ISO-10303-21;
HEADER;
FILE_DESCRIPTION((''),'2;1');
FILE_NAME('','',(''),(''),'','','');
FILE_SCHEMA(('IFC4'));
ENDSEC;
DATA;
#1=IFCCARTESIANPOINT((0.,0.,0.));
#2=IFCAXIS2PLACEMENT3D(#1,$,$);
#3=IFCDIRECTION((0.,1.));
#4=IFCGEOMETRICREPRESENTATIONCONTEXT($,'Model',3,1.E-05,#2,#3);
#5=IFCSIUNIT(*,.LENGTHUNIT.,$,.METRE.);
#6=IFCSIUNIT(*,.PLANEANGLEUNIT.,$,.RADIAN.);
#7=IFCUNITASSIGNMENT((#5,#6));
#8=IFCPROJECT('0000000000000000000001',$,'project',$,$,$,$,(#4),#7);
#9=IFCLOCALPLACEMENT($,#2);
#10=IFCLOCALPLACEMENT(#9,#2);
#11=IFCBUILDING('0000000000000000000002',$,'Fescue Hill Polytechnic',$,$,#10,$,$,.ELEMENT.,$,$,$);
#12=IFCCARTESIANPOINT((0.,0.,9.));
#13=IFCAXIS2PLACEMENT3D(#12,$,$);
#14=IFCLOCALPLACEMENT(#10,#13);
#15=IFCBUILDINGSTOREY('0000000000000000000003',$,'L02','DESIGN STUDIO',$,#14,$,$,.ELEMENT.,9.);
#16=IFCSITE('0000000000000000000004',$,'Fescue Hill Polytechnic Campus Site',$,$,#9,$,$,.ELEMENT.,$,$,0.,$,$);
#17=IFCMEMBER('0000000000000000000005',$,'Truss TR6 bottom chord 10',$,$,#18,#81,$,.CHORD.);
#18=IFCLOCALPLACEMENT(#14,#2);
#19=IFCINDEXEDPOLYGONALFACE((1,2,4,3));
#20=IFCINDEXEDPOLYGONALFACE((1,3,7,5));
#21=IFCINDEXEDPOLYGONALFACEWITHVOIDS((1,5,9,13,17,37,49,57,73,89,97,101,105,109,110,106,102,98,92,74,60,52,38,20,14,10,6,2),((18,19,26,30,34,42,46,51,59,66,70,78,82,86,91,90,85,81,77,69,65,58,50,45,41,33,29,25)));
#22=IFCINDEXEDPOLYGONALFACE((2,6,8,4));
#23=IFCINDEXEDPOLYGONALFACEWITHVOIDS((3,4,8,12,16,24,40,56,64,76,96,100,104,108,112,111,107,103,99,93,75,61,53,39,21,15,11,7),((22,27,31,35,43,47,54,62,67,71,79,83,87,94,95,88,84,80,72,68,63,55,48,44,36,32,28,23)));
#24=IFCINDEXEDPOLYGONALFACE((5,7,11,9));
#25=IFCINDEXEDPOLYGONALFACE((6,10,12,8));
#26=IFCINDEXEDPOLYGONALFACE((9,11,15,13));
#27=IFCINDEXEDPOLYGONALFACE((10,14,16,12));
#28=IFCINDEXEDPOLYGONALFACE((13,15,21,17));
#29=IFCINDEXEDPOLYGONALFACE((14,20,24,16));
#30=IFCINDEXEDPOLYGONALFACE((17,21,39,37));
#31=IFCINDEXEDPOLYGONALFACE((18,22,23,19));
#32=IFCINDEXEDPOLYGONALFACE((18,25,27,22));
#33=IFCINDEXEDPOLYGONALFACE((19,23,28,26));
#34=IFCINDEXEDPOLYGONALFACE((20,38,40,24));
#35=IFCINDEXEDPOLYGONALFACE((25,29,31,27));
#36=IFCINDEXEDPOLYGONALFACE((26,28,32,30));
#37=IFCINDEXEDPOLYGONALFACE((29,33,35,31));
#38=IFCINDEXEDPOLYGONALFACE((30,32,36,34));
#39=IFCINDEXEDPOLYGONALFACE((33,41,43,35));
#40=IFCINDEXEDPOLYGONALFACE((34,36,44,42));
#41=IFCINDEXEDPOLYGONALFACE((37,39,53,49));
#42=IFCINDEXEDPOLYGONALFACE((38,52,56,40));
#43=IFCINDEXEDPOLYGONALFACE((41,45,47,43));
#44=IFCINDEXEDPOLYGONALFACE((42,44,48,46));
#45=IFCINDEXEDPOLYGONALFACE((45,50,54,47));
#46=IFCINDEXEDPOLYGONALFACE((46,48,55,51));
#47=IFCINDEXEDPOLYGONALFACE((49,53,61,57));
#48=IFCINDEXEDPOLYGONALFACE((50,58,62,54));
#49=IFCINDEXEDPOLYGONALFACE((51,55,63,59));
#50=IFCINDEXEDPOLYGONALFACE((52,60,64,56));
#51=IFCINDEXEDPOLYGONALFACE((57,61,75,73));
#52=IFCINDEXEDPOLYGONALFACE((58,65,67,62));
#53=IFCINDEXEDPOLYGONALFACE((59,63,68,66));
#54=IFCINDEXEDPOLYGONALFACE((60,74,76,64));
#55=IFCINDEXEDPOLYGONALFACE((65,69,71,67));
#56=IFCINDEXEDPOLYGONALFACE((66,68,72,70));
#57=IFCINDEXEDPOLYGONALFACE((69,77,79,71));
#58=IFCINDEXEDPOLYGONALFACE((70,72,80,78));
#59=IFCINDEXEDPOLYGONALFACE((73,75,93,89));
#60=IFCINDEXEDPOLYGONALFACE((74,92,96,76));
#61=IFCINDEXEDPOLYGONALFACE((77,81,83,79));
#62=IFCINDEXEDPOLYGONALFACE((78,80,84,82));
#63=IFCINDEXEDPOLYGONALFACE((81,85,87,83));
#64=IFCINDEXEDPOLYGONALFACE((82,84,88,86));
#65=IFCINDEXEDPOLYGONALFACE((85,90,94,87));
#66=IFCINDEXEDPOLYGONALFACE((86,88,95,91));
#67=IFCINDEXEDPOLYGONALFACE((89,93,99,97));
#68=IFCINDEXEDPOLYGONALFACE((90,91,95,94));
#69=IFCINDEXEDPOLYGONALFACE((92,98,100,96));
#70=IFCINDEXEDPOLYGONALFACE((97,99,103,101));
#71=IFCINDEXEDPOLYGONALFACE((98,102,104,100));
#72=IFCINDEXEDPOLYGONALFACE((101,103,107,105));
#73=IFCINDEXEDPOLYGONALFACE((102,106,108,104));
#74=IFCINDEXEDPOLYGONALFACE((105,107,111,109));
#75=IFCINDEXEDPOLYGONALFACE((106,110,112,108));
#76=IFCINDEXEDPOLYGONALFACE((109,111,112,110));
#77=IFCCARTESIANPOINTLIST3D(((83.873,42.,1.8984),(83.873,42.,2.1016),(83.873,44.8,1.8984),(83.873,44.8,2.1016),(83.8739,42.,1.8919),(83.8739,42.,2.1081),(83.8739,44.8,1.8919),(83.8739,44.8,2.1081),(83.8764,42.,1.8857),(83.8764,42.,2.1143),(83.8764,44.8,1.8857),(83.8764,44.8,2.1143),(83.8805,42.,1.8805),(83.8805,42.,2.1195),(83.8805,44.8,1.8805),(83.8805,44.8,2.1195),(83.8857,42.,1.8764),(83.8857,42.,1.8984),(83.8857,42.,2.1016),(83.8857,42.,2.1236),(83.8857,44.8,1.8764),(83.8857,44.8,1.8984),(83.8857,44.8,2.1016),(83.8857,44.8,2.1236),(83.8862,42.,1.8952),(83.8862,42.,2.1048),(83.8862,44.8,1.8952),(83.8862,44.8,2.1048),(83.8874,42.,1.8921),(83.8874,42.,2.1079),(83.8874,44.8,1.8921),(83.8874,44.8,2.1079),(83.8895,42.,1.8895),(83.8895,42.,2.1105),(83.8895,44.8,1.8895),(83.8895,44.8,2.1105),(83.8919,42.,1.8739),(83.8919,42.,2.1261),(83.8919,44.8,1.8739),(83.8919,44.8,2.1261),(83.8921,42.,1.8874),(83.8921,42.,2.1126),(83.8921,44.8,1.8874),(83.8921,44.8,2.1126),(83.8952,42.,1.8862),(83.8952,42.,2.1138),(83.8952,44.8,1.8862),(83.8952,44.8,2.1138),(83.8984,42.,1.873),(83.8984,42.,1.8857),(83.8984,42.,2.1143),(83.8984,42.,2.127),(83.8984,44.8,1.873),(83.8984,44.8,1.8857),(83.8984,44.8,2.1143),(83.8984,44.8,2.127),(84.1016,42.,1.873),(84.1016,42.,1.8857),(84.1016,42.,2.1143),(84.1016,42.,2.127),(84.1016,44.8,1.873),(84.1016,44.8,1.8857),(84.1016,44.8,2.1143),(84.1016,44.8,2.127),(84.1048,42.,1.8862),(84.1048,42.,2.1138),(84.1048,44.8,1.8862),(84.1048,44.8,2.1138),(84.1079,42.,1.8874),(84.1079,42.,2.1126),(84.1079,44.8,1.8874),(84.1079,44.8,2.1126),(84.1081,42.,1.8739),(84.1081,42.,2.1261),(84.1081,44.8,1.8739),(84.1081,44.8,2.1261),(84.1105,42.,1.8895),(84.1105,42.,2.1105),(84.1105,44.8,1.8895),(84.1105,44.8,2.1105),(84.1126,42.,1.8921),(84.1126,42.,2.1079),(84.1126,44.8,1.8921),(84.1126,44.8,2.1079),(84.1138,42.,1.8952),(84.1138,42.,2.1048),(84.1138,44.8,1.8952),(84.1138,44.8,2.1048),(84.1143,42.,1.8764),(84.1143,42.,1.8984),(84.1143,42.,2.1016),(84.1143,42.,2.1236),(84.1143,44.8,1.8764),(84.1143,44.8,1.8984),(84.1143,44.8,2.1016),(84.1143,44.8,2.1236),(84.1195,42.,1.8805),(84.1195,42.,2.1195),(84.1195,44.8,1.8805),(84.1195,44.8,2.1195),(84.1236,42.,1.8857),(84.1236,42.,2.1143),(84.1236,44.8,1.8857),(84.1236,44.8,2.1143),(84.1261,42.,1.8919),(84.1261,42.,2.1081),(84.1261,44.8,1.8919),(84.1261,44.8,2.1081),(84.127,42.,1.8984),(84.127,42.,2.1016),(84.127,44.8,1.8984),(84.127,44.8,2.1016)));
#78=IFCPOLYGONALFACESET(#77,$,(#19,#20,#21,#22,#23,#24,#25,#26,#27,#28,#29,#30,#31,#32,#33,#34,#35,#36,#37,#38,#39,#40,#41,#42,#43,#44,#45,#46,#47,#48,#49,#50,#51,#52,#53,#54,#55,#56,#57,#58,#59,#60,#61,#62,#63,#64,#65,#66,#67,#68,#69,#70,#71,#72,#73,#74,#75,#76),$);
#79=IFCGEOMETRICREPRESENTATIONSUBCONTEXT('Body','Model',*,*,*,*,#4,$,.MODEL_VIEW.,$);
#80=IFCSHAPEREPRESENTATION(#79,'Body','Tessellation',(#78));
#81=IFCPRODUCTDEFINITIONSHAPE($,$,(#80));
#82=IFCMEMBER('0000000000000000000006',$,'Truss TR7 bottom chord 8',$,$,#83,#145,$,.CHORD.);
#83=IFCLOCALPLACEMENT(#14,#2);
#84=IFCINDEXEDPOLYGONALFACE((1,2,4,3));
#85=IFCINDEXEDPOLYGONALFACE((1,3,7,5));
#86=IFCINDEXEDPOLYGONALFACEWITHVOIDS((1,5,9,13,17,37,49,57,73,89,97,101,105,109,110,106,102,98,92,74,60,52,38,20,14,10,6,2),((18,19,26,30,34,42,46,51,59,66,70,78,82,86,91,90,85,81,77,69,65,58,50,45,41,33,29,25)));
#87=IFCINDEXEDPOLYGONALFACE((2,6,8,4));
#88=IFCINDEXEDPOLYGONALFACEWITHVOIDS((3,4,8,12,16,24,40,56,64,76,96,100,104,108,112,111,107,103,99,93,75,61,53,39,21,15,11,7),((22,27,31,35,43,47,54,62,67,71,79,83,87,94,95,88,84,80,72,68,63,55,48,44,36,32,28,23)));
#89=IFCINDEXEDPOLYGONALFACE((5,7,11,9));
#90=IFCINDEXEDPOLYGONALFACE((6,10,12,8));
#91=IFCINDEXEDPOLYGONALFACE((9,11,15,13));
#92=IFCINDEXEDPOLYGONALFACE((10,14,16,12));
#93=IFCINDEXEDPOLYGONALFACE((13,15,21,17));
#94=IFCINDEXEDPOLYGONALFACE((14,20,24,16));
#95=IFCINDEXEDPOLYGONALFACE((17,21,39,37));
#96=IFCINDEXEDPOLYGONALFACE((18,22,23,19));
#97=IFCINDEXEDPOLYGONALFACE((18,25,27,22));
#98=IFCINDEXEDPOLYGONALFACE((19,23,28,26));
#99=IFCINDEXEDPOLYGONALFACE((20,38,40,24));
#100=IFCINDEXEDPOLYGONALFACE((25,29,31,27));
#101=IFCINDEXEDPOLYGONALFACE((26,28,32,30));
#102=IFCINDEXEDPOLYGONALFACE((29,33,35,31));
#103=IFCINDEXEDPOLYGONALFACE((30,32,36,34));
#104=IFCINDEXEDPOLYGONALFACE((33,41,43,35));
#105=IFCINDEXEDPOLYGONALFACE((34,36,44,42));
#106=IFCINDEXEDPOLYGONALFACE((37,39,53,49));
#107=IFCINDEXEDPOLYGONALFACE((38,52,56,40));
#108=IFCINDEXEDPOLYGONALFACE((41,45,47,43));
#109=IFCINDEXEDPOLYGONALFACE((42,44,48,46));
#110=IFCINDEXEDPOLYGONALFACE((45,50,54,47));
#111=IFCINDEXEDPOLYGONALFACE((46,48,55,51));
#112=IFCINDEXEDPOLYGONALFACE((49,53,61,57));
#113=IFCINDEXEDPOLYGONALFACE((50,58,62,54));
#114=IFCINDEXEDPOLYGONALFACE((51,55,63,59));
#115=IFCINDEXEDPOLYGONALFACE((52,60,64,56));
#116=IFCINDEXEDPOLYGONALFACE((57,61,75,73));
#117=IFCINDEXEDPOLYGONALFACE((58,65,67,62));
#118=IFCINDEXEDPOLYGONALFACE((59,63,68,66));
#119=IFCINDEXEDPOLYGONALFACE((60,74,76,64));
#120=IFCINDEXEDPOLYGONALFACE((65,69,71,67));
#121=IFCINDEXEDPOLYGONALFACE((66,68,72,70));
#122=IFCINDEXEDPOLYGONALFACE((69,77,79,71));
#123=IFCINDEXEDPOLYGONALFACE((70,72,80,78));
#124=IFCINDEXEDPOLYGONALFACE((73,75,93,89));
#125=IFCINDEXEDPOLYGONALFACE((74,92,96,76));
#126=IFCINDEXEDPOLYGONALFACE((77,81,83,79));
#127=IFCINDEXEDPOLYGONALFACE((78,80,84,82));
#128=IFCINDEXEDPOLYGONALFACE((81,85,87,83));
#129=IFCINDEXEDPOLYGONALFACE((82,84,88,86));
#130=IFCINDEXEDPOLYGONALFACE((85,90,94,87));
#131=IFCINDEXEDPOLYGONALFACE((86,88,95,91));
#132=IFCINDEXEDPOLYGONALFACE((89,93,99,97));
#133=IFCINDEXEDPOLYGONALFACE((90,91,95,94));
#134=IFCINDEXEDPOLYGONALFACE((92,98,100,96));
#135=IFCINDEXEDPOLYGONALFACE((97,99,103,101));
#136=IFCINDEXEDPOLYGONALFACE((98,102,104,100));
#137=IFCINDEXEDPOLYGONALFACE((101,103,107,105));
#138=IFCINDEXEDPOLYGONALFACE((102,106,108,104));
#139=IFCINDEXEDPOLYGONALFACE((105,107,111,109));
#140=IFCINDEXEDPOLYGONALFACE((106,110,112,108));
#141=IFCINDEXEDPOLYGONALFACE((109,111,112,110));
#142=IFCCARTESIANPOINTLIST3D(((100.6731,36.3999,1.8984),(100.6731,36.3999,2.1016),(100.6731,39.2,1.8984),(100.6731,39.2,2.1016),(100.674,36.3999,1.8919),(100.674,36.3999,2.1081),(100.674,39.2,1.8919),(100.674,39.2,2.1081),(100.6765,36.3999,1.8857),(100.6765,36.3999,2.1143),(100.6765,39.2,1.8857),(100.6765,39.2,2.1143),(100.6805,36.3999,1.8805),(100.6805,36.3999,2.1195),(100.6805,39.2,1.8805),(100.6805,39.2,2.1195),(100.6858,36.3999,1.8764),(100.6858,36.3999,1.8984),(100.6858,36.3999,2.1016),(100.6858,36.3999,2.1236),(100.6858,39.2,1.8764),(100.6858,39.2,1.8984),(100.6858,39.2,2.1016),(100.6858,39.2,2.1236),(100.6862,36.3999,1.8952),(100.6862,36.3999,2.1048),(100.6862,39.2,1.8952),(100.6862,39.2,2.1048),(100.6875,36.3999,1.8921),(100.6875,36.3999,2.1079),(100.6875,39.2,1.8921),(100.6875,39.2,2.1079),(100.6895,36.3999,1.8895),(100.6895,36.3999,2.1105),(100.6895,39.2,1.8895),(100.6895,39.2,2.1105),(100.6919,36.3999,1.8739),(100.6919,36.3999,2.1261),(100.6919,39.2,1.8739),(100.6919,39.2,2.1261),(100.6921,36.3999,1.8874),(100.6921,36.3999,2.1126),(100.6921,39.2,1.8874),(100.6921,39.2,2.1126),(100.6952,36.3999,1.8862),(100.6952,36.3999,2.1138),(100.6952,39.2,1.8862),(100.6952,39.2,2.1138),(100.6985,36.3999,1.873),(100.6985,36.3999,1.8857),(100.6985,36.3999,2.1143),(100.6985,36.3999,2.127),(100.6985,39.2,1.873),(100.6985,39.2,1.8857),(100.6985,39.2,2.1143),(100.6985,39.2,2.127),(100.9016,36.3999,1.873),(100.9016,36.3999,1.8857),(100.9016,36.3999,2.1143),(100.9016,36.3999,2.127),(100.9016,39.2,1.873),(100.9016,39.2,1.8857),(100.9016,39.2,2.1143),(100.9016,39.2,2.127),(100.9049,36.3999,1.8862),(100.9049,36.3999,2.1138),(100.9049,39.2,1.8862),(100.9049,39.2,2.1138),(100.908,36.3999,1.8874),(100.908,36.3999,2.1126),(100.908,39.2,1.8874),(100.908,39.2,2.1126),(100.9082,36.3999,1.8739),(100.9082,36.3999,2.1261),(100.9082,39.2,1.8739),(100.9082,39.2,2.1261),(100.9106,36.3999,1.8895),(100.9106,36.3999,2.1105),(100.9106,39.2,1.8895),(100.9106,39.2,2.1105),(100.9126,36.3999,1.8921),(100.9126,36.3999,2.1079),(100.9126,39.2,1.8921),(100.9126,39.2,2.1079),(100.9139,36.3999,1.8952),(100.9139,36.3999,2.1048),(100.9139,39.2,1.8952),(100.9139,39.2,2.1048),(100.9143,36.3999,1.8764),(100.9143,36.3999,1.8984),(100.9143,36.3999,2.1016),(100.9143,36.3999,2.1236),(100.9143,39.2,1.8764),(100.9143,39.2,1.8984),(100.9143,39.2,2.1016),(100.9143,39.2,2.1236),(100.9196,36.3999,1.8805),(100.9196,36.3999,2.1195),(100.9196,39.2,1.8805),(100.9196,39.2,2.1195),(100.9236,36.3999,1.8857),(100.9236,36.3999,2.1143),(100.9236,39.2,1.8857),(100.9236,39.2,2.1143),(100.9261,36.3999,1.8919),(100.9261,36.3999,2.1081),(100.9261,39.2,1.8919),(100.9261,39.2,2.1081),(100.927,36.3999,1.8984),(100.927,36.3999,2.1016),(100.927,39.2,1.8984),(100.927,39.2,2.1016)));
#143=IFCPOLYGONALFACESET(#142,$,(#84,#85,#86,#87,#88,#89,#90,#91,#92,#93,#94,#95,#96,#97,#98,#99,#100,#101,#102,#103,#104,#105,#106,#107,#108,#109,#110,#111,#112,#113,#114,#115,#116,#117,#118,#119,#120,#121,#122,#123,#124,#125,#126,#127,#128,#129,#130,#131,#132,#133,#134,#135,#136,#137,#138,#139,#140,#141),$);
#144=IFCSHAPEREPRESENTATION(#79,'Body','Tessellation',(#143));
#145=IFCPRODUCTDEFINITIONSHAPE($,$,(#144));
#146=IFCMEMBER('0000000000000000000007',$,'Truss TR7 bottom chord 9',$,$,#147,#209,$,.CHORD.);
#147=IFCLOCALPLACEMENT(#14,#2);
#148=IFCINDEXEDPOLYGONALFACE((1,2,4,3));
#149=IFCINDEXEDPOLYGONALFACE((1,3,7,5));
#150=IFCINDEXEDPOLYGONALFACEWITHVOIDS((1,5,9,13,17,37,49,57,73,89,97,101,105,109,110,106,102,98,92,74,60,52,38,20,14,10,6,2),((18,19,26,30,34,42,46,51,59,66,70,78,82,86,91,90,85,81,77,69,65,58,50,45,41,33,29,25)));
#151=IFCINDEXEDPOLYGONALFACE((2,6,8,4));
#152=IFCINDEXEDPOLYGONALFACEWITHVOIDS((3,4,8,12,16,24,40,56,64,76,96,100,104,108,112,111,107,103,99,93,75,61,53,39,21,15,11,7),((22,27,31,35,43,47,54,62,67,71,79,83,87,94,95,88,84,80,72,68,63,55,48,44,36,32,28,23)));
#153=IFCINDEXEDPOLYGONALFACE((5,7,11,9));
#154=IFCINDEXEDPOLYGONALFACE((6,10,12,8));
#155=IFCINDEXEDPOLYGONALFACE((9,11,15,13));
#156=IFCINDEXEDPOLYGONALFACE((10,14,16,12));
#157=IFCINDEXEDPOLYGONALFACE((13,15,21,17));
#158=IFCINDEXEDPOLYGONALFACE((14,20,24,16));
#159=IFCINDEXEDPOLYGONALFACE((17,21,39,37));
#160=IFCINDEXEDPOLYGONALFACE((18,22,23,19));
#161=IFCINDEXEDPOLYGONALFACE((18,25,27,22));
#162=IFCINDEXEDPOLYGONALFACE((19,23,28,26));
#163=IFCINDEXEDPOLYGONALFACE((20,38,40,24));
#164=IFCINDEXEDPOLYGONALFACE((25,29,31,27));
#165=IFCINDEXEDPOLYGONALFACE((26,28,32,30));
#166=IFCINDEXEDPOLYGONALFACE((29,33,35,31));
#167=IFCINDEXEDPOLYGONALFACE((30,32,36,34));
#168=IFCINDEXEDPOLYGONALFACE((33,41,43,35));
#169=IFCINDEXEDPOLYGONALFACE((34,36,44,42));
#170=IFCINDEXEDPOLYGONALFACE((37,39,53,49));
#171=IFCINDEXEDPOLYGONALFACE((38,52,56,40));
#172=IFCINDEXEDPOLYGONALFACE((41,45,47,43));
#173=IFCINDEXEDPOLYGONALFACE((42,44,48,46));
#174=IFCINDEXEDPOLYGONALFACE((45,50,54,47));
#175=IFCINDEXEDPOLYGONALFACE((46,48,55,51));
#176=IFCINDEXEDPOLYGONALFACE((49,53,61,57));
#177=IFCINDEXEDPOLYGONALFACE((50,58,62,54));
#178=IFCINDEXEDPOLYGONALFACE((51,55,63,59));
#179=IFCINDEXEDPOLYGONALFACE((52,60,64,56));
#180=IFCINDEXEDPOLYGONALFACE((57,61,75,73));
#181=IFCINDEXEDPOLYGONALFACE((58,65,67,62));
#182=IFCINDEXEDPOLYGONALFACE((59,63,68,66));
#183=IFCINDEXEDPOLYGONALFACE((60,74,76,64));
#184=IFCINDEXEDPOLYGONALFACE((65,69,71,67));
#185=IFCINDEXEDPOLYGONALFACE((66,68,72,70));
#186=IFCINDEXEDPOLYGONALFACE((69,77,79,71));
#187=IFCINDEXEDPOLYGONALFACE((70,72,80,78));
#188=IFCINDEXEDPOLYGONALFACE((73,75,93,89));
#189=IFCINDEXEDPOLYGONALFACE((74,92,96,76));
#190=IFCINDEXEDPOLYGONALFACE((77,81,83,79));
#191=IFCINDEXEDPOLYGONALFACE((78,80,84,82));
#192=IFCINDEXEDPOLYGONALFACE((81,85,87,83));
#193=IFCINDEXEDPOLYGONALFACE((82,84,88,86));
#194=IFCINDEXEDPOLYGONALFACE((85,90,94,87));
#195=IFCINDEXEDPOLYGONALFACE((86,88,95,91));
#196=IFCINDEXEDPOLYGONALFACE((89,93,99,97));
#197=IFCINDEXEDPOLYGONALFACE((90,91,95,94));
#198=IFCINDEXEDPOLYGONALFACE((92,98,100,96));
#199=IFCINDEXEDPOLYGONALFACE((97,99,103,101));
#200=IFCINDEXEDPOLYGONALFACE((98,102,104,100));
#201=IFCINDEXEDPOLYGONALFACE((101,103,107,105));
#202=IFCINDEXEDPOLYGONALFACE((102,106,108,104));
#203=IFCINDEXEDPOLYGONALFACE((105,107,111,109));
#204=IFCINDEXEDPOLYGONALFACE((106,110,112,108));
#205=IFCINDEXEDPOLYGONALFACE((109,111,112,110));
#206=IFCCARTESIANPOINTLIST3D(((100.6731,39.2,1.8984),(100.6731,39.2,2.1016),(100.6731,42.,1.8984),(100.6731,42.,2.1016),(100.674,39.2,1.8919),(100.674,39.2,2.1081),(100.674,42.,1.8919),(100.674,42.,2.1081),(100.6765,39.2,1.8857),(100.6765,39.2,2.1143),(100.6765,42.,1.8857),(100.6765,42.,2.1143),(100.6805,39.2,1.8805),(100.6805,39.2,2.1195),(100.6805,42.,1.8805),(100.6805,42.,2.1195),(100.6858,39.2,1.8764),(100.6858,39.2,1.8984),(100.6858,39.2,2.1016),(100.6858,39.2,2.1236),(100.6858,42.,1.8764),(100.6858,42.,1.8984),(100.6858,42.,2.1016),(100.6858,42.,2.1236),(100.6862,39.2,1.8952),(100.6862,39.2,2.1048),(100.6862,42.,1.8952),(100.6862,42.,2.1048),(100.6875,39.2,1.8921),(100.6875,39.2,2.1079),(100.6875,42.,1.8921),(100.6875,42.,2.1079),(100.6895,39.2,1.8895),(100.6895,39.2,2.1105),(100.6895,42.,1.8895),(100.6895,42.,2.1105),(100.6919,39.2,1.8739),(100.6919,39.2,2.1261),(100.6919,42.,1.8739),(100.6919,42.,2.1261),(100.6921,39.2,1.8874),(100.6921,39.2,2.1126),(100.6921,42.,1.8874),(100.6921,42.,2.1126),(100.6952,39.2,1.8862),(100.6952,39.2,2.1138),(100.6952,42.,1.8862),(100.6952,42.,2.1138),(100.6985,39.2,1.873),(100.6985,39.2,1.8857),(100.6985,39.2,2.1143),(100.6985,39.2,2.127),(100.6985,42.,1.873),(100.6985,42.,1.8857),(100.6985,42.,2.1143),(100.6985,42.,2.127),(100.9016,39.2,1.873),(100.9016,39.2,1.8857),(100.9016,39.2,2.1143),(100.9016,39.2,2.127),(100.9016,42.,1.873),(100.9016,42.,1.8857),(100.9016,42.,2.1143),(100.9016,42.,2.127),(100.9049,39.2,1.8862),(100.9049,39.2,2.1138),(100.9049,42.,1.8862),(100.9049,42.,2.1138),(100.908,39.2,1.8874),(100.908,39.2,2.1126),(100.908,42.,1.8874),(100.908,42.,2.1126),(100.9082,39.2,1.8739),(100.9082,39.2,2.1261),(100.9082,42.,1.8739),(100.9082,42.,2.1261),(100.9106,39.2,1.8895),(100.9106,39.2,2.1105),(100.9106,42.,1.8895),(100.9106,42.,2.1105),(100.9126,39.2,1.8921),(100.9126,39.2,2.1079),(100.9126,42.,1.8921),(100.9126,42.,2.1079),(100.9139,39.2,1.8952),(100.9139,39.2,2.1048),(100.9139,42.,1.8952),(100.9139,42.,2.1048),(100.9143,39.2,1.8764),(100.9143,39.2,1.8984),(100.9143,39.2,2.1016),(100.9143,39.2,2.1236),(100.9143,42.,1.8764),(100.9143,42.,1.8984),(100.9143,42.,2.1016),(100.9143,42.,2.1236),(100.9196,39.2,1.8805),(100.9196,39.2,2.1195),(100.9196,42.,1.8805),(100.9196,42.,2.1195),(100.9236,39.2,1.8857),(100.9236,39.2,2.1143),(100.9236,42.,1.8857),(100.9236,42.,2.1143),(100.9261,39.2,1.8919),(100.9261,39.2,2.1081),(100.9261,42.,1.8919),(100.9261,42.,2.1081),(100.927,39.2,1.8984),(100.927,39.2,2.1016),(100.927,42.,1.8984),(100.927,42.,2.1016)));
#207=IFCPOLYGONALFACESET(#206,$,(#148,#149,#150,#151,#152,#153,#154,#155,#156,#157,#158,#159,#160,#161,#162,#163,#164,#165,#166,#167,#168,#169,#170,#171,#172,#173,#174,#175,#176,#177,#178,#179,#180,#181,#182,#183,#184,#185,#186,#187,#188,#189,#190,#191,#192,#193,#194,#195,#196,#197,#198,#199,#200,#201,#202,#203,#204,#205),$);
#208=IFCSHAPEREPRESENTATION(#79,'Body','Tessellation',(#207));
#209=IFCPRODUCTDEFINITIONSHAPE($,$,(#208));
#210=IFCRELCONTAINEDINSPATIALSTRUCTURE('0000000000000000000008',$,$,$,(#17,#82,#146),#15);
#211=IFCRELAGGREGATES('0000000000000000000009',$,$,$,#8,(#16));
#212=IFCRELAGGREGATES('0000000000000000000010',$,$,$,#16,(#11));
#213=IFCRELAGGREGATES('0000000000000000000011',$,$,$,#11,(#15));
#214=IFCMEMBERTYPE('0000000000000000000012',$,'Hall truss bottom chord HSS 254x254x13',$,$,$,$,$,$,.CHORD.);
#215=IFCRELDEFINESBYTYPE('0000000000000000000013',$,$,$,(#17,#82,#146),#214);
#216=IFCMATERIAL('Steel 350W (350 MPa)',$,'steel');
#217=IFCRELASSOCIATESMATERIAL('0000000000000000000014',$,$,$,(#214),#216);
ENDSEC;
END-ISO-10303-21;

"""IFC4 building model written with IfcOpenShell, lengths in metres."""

from ifc_helpers import new_model, si_unit, direction, frame, origin, origin_2d, place, context, subcontext, project, spatial, hollow_rectangle, extrude, material, material_profile, profile_set, type_object, element, save


model = new_model("IFC4")

# Units and contexts
model_context = context("Model", 3, precision=1e-05, world=origin(), true_north=direction((0.0, 1.0)))
body_context = subcontext(model_context, "Body", "Model", "MODEL_VIEW")
ifc_project = project(units=[si_unit("LENGTHUNIT", "METRE"), si_unit("PLANEANGLEUNIT", "RADIAN")], contexts=[model_context])

# Site, building, storey
site_placement = place(None, origin())
site = spatial("IfcSite", under=ifc_project, at=site_placement, Name="Fescue Hill Polytechnic Campus Site", CompositionType="ELEMENT", RefElevation=0.0)
building_placement = place(site_placement, origin())
building = spatial("IfcBuilding", under=site, at=building_placement, Name="Fescue Hill Polytechnic", CompositionType="ELEMENT")
storey_placement = place(building_placement, frame((0.0, 0.0, 9.0)))
storey = spatial("IfcBuildingStorey", under=building, at=storey_placement, Name="L02", Description="DESIGN STUDIO", CompositionType="ELEMENT", Elevation=9.0)

# Members
ifc_material = material(Name="Steel 350W (350 MPa)", Category="steel")
ifc_material_profile_1 = material_profile(ifc_material, hollow_rectangle(XDim=0.2539, YDim=0.2539, WallThickness=0.0127, InnerFilletRadius=0.0127, OuterFilletRadius=0.0254, at=origin_2d()), Name="Hall truss bottom chord HSS 254x254x13")
ifc_profile_set_1 = profile_set([ifc_material_profile_1], Name="Steel 350W (350 MPa)")
member_type_1 = type_object("IfcMemberType", Name="Hall truss bottom chord HSS 254x254x13", PredefinedType="CHORD", material=ifc_profile_set_1)
for number, where, z_axis, x_axis, name in (
    (1, (84.0, 42.0, 2.0), (0.0, 1.0, 0.0), (-1.0, 0.0, 0.0), "Truss TR6 bottom chord 10"),
    (2, (100.8, 36.3999, 2.0), (0.0, 1.0, 0.0), (-1.0, 0.0, 0.0), "Truss TR7 bottom chord 8"),
    (3, (100.8, 39.2, 2.0), (0.0, 1.0, 0.0), (-1.0, 0.0, 0.0), "Truss TR7 bottom chord 9"),
):
    element("IfcMember", number, at=place(storey_placement, frame(where, z_axis=z_axis, x_axis=x_axis)), inside=storey, type_object=member_type_1, Name=name, PredefinedType="CHORD", context=body_context, shape_type="SweptSolid", body=[
        extrude(hollow_rectangle(XDim=0.2539, YDim=0.2539, WallThickness=0.0127, InnerFilletRadius=0.0127, OuterFilletRadius=0.0254, at=origin_2d()), origin(), (0.0, 0.0, 1.0), 2.8),
    ])

save(model, "model.ifc")
